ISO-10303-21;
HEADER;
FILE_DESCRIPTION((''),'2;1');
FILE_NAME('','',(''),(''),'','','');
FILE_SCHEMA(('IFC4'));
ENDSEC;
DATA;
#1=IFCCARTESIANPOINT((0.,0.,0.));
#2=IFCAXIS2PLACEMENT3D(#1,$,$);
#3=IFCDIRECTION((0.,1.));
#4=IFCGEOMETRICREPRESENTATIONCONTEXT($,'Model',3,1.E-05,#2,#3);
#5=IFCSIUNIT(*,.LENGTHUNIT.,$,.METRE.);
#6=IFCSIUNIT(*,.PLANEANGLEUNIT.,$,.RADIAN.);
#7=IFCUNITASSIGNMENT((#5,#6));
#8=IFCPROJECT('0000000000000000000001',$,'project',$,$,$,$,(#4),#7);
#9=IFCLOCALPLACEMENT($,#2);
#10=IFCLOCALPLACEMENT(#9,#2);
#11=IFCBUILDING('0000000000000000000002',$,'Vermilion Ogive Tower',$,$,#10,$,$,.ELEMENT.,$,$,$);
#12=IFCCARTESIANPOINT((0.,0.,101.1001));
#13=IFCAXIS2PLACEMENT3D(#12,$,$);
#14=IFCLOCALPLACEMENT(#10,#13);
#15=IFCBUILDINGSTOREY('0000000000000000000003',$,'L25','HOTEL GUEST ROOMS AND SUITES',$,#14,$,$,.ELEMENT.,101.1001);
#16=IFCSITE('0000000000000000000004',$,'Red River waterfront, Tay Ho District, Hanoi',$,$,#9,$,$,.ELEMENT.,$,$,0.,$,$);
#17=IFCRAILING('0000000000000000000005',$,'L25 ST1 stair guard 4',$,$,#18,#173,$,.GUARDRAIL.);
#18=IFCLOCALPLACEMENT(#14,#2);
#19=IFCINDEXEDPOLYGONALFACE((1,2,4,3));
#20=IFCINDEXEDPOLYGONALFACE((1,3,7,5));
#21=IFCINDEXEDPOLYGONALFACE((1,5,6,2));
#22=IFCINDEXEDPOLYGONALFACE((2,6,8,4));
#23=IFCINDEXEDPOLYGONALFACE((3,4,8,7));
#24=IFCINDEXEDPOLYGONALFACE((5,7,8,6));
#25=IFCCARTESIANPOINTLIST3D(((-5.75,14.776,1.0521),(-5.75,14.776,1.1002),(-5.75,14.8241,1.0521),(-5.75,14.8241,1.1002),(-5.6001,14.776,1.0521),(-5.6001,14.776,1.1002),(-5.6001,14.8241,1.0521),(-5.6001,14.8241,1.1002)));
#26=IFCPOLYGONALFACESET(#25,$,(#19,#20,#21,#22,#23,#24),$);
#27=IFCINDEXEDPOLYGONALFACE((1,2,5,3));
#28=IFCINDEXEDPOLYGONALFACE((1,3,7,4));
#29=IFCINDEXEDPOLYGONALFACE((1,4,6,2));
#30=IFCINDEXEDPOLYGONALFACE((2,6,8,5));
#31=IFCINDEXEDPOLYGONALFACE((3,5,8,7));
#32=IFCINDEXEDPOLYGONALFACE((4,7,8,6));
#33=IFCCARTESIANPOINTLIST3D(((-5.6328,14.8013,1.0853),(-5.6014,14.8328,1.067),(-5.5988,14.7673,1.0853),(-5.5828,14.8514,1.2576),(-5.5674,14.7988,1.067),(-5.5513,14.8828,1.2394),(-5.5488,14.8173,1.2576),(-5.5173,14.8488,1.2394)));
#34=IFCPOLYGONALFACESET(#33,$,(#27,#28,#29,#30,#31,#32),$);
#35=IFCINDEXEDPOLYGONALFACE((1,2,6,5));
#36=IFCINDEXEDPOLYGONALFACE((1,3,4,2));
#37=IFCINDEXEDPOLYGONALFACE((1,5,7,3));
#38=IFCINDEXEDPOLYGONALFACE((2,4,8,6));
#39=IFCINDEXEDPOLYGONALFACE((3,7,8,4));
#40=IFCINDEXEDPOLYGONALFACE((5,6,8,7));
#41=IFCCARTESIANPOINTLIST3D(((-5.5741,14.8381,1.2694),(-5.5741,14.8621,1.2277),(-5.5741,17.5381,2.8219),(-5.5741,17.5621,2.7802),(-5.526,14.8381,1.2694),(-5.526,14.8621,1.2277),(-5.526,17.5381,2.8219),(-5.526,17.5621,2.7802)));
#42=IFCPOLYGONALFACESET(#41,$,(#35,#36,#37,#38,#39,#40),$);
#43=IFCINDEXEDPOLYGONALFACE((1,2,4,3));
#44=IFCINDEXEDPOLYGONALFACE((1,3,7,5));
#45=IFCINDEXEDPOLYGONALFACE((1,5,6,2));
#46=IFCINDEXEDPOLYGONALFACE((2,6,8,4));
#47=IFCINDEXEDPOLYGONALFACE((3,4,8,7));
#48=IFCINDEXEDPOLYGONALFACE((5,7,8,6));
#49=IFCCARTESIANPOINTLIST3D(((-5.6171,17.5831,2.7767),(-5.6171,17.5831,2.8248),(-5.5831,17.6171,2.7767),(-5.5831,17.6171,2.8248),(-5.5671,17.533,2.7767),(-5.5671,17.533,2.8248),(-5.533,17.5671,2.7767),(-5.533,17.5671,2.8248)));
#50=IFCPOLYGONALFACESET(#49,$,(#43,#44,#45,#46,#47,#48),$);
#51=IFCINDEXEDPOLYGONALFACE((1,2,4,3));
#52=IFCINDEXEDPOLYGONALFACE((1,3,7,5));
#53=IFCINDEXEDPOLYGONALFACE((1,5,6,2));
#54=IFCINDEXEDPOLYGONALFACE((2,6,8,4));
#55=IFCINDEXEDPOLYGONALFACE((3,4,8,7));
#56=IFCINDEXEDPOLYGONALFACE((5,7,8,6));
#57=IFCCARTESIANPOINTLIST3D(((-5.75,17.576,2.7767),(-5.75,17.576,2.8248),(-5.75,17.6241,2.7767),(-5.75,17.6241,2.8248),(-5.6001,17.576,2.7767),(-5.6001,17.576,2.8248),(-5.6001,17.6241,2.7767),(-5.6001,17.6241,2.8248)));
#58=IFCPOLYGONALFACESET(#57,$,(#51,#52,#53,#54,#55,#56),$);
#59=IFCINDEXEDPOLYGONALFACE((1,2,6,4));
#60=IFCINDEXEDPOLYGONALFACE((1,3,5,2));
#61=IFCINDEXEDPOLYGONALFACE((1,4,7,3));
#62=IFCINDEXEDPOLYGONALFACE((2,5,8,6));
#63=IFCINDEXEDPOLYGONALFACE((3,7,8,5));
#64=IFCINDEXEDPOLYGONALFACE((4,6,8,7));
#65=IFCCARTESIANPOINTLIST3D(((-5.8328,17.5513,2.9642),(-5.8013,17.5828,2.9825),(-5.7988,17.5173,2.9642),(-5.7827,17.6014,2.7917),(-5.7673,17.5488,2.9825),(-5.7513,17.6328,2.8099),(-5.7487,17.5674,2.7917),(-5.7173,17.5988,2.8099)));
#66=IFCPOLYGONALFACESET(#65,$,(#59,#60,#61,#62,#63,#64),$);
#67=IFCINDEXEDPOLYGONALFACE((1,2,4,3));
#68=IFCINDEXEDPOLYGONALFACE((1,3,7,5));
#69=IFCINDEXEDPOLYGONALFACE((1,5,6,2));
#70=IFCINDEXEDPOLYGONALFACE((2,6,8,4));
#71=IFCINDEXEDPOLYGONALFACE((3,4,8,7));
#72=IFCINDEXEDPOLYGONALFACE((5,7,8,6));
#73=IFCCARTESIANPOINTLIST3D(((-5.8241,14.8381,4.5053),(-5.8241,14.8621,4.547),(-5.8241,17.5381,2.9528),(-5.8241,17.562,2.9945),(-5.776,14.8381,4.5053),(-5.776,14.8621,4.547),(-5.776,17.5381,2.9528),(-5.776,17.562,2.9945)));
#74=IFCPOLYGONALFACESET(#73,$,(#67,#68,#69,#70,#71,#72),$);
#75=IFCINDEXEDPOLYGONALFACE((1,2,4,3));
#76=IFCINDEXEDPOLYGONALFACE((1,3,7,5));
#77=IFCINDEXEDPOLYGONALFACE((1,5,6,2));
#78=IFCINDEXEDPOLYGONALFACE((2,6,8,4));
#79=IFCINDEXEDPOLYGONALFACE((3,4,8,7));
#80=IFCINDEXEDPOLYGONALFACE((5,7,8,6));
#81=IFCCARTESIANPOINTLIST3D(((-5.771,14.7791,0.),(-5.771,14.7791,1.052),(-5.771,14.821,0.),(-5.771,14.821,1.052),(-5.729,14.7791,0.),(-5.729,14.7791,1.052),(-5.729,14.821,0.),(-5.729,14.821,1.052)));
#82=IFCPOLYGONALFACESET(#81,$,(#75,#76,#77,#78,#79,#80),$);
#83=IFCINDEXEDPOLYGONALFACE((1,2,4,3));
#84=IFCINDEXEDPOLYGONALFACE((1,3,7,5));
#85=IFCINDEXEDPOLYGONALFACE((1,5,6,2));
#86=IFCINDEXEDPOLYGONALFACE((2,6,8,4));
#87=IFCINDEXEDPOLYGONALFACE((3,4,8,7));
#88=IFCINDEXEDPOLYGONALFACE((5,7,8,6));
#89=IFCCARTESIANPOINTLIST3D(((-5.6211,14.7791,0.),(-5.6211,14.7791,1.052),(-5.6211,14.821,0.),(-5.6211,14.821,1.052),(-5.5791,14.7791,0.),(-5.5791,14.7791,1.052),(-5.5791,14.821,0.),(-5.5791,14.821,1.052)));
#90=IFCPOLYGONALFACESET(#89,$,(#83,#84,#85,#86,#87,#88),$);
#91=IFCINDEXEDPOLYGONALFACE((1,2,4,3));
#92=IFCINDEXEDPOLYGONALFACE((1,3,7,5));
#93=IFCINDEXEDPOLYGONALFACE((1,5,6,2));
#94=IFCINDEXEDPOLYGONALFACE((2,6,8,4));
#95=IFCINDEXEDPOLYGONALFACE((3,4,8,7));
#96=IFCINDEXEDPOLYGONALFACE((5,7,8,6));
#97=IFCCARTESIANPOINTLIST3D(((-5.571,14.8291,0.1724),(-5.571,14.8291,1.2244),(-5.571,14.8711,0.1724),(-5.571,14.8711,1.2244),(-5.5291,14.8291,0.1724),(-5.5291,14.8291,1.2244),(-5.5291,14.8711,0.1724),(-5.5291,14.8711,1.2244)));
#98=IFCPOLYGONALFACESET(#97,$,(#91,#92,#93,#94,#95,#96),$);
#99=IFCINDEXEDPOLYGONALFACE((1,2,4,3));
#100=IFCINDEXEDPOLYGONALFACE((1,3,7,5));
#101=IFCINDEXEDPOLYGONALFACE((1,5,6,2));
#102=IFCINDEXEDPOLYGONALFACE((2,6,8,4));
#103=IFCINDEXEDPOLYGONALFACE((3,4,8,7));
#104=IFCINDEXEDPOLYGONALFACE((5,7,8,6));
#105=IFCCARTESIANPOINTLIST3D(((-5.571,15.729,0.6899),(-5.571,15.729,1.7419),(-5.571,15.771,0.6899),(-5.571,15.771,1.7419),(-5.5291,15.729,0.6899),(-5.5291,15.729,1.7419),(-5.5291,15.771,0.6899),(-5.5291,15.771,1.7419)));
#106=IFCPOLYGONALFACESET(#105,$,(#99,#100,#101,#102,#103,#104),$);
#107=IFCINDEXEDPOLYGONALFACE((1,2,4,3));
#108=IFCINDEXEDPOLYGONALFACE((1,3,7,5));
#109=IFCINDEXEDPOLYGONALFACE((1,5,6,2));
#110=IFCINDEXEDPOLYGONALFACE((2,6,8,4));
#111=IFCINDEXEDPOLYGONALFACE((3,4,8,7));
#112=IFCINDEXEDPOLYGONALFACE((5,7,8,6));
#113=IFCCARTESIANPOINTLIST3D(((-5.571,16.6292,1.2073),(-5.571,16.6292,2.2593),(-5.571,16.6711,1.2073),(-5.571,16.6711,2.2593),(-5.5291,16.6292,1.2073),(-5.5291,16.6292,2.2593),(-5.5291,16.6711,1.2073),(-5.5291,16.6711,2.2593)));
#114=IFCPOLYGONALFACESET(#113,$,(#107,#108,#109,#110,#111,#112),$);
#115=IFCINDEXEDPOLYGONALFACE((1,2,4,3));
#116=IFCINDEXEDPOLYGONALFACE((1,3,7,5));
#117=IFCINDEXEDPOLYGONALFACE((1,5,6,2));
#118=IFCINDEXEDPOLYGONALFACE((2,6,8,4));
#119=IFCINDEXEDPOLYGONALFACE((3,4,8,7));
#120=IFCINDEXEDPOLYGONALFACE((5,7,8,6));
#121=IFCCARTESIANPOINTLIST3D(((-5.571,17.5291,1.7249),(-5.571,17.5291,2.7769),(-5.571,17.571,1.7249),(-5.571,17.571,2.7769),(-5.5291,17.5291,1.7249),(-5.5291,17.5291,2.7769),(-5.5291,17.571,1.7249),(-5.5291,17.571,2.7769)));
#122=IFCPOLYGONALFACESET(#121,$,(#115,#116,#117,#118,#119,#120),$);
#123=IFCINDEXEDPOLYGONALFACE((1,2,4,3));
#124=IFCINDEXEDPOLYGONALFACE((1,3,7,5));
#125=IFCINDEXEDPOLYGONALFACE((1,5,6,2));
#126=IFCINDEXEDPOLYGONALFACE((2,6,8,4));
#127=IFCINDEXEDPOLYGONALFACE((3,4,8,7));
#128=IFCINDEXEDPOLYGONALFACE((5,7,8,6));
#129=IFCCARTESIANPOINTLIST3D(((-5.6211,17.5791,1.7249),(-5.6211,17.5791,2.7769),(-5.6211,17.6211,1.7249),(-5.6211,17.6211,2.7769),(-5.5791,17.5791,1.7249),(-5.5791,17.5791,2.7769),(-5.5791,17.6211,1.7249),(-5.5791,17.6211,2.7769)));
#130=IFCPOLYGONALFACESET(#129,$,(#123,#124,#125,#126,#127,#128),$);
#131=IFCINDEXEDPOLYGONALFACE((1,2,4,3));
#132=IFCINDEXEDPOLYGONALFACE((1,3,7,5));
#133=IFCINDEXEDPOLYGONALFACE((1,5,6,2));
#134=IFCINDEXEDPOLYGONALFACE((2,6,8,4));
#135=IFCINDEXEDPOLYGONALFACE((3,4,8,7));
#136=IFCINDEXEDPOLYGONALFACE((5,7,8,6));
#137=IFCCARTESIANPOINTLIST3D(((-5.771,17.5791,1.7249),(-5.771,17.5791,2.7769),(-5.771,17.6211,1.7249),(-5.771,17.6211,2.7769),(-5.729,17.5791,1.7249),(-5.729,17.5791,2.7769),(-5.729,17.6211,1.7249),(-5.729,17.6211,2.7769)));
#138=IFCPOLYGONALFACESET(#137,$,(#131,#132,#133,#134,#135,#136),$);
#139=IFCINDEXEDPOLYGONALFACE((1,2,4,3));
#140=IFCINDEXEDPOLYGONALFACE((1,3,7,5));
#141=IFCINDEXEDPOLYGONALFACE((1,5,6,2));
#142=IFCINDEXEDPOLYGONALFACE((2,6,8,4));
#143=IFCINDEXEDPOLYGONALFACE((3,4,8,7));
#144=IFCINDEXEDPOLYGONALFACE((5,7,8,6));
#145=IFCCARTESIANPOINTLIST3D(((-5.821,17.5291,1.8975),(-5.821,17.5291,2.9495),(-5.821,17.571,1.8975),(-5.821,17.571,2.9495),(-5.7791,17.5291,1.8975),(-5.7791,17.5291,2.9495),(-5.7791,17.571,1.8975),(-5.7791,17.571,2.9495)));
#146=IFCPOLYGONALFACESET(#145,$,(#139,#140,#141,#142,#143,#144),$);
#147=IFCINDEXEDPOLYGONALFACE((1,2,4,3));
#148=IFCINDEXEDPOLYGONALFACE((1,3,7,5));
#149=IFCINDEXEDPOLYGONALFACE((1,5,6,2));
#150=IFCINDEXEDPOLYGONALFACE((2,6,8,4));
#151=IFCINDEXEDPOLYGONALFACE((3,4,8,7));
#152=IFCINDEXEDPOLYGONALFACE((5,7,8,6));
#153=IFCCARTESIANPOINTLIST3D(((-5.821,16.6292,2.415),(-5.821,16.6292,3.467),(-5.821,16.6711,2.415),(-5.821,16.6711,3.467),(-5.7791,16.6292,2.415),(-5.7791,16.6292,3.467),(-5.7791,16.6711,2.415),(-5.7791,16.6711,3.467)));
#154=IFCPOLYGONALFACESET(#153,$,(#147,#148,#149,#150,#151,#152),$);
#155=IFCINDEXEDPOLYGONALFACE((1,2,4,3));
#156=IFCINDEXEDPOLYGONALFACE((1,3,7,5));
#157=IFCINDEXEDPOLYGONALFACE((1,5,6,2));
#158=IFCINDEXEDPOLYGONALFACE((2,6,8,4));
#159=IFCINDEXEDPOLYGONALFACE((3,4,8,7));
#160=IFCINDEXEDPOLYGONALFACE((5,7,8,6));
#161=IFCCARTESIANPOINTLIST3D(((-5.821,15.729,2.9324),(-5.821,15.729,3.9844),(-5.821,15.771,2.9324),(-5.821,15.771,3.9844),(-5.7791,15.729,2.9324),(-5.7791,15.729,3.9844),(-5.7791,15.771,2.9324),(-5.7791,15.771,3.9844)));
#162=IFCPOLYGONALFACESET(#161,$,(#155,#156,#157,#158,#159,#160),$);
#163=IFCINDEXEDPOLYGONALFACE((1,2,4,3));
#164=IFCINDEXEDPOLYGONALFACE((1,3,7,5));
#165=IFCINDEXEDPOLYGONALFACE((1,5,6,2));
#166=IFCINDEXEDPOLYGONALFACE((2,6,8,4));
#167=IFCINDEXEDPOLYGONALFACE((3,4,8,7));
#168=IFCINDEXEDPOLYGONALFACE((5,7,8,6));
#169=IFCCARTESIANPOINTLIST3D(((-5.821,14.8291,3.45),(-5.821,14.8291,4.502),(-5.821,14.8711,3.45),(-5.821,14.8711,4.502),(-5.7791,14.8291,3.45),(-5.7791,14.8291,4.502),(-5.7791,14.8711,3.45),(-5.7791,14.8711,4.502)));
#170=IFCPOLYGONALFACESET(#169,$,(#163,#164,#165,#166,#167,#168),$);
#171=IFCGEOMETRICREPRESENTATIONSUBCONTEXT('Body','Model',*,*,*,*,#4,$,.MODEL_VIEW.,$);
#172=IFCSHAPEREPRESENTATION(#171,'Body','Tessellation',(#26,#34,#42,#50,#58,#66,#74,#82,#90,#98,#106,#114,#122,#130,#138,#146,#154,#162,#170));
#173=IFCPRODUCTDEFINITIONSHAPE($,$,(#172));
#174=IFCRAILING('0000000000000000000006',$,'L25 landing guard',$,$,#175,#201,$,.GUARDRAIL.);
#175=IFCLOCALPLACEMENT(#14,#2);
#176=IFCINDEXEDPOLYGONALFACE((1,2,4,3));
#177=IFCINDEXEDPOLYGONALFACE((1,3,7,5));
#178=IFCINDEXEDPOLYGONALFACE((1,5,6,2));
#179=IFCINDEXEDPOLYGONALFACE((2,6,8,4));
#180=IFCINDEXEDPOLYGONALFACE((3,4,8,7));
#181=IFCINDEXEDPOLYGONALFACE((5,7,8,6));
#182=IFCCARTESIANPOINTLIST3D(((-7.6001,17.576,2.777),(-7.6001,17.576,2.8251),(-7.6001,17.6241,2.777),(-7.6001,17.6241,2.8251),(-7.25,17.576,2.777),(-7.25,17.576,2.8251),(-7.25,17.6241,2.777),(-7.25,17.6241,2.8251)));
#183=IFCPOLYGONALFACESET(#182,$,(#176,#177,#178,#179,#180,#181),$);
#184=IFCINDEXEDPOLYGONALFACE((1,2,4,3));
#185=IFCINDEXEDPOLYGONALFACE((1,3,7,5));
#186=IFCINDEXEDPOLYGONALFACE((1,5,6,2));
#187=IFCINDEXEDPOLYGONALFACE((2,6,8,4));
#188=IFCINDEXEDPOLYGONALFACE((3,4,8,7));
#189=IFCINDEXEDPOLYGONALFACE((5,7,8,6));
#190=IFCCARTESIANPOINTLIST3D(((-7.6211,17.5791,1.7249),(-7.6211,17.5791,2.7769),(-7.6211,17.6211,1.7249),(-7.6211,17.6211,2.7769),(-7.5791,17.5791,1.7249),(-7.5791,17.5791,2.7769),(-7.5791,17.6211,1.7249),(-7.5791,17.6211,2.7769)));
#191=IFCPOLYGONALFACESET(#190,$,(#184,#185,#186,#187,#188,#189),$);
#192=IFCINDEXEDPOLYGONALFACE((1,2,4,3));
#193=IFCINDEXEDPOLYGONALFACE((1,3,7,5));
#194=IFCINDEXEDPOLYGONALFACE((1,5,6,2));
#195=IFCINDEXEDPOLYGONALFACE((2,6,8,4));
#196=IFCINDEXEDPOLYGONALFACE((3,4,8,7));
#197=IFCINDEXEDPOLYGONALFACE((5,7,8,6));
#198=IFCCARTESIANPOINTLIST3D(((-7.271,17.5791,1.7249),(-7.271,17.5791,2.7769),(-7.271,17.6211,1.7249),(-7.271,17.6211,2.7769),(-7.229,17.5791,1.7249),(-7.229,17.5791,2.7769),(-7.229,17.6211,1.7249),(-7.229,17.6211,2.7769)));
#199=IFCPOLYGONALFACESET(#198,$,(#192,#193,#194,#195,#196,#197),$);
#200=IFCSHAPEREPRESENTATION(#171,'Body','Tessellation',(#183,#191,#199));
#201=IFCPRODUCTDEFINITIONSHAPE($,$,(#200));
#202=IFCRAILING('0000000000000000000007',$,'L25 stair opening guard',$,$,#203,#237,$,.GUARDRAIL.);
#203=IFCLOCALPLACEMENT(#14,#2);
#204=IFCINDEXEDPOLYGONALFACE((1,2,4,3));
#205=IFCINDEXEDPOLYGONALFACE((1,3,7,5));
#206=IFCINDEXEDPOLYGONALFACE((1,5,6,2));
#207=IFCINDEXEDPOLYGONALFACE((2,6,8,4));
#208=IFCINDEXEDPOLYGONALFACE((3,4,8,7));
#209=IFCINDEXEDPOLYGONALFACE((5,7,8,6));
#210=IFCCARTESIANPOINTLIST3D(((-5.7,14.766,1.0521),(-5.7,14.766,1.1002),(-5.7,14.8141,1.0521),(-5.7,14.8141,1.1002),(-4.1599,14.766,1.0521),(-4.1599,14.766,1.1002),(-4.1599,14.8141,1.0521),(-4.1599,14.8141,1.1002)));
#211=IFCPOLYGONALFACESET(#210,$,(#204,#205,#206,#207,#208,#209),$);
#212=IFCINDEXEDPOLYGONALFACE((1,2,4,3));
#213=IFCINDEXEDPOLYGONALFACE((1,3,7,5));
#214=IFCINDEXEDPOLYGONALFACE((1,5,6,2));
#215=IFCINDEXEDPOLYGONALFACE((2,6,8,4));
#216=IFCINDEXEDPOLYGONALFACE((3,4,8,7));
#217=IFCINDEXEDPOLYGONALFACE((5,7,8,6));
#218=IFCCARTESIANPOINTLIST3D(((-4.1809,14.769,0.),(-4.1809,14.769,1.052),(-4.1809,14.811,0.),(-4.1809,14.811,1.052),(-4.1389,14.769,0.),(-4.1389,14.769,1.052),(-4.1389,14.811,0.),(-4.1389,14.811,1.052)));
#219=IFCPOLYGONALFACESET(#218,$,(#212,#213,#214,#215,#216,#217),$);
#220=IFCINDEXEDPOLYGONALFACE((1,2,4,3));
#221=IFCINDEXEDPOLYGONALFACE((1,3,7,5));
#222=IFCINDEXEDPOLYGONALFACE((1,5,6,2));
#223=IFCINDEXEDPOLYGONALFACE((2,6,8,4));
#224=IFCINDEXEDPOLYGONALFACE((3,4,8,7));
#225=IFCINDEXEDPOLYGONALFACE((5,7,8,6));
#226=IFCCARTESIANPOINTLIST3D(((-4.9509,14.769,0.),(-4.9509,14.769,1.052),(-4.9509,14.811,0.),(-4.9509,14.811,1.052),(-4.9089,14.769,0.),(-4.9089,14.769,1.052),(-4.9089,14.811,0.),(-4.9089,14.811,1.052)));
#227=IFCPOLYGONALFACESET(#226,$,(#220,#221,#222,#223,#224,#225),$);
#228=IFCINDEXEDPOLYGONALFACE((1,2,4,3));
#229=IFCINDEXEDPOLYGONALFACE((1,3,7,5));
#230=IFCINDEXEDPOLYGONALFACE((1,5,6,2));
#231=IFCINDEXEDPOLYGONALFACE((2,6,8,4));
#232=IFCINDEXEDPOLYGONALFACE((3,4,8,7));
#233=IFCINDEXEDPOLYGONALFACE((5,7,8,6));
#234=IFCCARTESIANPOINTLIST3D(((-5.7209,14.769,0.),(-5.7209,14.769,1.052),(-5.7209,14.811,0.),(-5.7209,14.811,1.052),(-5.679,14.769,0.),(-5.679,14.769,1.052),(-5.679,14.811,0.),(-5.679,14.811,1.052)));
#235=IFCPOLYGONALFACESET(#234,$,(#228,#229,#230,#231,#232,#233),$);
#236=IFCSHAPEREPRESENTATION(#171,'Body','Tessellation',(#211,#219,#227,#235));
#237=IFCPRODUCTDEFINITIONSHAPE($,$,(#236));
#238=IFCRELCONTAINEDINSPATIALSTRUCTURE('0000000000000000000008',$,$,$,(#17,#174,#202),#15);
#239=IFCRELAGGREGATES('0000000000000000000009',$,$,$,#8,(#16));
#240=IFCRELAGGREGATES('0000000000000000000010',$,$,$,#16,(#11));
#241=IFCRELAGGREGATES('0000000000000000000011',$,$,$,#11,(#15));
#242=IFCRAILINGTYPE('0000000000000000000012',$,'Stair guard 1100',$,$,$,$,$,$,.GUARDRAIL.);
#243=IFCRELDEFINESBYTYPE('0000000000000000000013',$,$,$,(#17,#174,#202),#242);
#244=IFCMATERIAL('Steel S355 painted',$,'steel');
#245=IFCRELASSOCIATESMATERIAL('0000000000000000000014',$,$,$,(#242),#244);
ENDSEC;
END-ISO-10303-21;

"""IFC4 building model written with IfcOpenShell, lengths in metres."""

from ifc_helpers import new_model, si_unit, direction, frame, origin, origin_2d, place, context, subcontext, project, spatial, rectangle, extrude, material, type_object, element, save


model = new_model("IFC4")

# Units and contexts
model_context = context("Model", 3, precision=1e-05, world=origin(), true_north=direction((0.0, 1.0)))
body_context = subcontext(model_context, "Body", "Model", "MODEL_VIEW")
ifc_project = project(units=[si_unit("LENGTHUNIT", "METRE"), si_unit("PLANEANGLEUNIT", "RADIAN")], contexts=[model_context])

# Site, building, storey
site_placement = place(None, origin())
site = spatial("IfcSite", under=ifc_project, at=site_placement, Name="Red River waterfront, Tay Ho District, Hanoi", CompositionType="ELEMENT", RefElevation=0.0)
building_placement = place(site_placement, origin())
building = spatial("IfcBuilding", under=site, at=building_placement, Name="Vermilion Ogive Tower", CompositionType="ELEMENT")
storey_placement = place(building_placement, frame((0.0, 0.0, 101.1001)))
storey = spatial("IfcBuildingStorey", under=building, at=storey_placement, Name="L25", Description="HOTEL GUEST ROOMS AND SUITES", CompositionType="ELEMENT", Elevation=101.1001)

# Railings
ifc_material_1 = material(Name="Steel S355 painted", Category="steel")
railing_type_1 = type_object("IfcRailingType", Name="Stair guard 1100", PredefinedType="GUARDRAIL", material=ifc_material_1)
railing_1_placement = place(storey_placement, frame((-5.75, 14.8, 0.0)))
element("IfcRailing", 1, at=railing_1_placement, inside=storey, type_object=railing_type_1, Name="L25 ST1 stair guard 4", PredefinedType="GUARDRAIL", context=body_context, shape_type="SweptSolid", body=[
    extrude(rectangle(XDim=0.0481, YDim=0.0481, at=origin_2d()), frame((0.0, 0.0, 1.0762), z_axis=(1.0, 0.0, 0.0), x_axis=(0.0, 1.0, 0.0)), (0.0, 0.0, 1.0), 0.1499),
    extrude(rectangle(XDim=0.0481, YDim=0.0481, at=origin_2d()), frame((0.1499, 0.0, 1.0762), z_axis=(0.268603, 0.268603, 0.925043), x_axis=(-0.707107, 0.707107, 0.0)), (0.0, 0.0, 1.0), 0.1863),
    extrude(rectangle(XDim=0.0481, YDim=0.0481, at=origin_2d()), frame((0.2, 0.05, 1.2485), z_axis=(0.0, 0.866904, 0.498476), x_axis=(-1.0, 0.0, 0.0)), (0.0, 0.0, 1.0), 3.1145),
    extrude(rectangle(XDim=0.0481, YDim=0.0481, at=origin_2d()), frame((0.2, 2.75, 2.8008), z_axis=(-0.707107, 0.707107, 0.0), x_axis=(-0.707107, -0.707107, 0.0)), (0.0, 0.0, 1.0), 0.0708),
    extrude(rectangle(XDim=0.0481, YDim=0.0481, at=origin_2d()), frame((0.1499, 2.8, 2.8008), z_axis=(-1.0, 0.0, 0.0), x_axis=(0.0, -1.0, 0.0)), (0.0, 0.0, 1.0), 0.1499),
    extrude(rectangle(XDim=0.0481, YDim=0.0481, at=origin_2d()), frame((0.0, 2.8, 2.8008), z_axis=(-0.268278, -0.268278, 0.925232), x_axis=(0.707107, -0.707107, 0.0)), (0.0, 0.0, 1.0), 0.1865),
    extrude(rectangle(XDim=0.0481, YDim=0.0481, at=origin_2d()), frame((-0.05, 2.75, 2.9736), z_axis=(0.0, -0.866904, 0.498476), x_axis=(1.0, 0.0, 0.0)), (0.0, 0.0, 1.0), 3.1145),
    extrude(rectangle(XDim=0.042, YDim=0.042, at=origin_2d()), origin(), (0.0, 0.0, 1.0), 1.052),
    extrude(rectangle(XDim=0.042, YDim=0.042, at=origin_2d()), frame((0.1499, 0.0, 0.0)), (0.0, 0.0, 1.0), 1.052),
    extrude(rectangle(XDim=0.042, YDim=0.042, at=origin_2d()), frame((0.2, 0.05, 0.1724)), (0.0, 0.0, 1.0), 1.052),
    extrude(rectangle(XDim=0.042, YDim=0.042, at=origin_2d()), frame((0.2, 0.95, 0.6899)), (0.0, 0.0, 1.0), 1.052),
    extrude(rectangle(XDim=0.042, YDim=0.042, at=origin_2d()), frame((0.2, 1.8501, 1.2073)), (0.0, 0.0, 1.0), 1.052),
    extrude(rectangle(XDim=0.042, YDim=0.042, at=origin_2d()), frame((0.2, 2.75, 1.7249)), (0.0, 0.0, 1.0), 1.052),
    extrude(rectangle(XDim=0.042, YDim=0.042, at=origin_2d()), frame((0.1499, 2.8, 1.7249)), (0.0, 0.0, 1.0), 1.052),
    extrude(rectangle(XDim=0.042, YDim=0.042, at=origin_2d()), frame((0.0, 2.8, 1.7249)), (0.0, 0.0, 1.0), 1.052),
    extrude(rectangle(XDim=0.042, YDim=0.042, at=origin_2d()), frame((-0.05, 2.75, 1.8975)), (0.0, 0.0, 1.0), 1.052),
    extrude(rectangle(XDim=0.042, YDim=0.042, at=origin_2d()), frame((-0.05, 1.8501, 2.415)), (0.0, 0.0, 1.0), 1.052),
    extrude(rectangle(XDim=0.042, YDim=0.042, at=origin_2d()), frame((-0.05, 0.95, 2.9324)), (0.0, 0.0, 1.0), 1.052),
    extrude(rectangle(XDim=0.042, YDim=0.042, at=origin_2d()), frame((-0.05, 0.05, 3.45)), (0.0, 0.0, 1.0), 1.052),
])
railing_2_placement = place(storey_placement, frame((-7.6001, 17.6001, 1.7249)))
element("IfcRailing", 2, at=railing_2_placement, inside=storey, type_object=railing_type_1, Name="L25 landing guard", PredefinedType="GUARDRAIL", context=body_context, shape_type="SweptSolid", body=[
    extrude(rectangle(XDim=0.0481, YDim=0.0481, at=origin_2d()), frame((0.0, 0.0, 1.0762), z_axis=(1.0, 0.0, 0.0), x_axis=(0.0, 1.0, 0.0)), (0.0, 0.0, 1.0), 0.3501),
    extrude(rectangle(XDim=0.042, YDim=0.042, at=origin_2d()), origin(), (0.0, 0.0, 1.0), 1.052),
    extrude(rectangle(XDim=0.042, YDim=0.042, at=origin_2d()), frame((0.3501, 0.0, 0.0)), (0.0, 0.0, 1.0), 1.052),
])
railing_3_placement = place(storey_placement, frame((-4.1599, 14.79, 0.0)))
element("IfcRailing", 3, at=railing_3_placement, inside=storey, type_object=railing_type_1, Name="L25 stair opening guard", PredefinedType="GUARDRAIL", context=body_context, shape_type="SweptSolid", body=[
    extrude(rectangle(XDim=0.0481, YDim=0.0481, at=origin_2d()), frame((0.0, 0.0, 1.0762), z_axis=(-1.0, 0.0, 0.0), x_axis=(0.0, -1.0, 0.0)), (0.0, 0.0, 1.0), 1.54),
    extrude(rectangle(XDim=0.042, YDim=0.042, at=origin_2d()), origin(), (0.0, 0.0, 1.0), 1.052),
    extrude(rectangle(XDim=0.042, YDim=0.042, at=origin_2d()), frame((-0.77, 0.0, 0.0)), (0.0, 0.0, 1.0), 1.052),
    extrude(rectangle(XDim=0.042, YDim=0.042, at=origin_2d()), frame((-1.54, 0.0, 0.0)), (0.0, 0.0, 1.0), 1.052),
])

save(model, "model.ifc")
